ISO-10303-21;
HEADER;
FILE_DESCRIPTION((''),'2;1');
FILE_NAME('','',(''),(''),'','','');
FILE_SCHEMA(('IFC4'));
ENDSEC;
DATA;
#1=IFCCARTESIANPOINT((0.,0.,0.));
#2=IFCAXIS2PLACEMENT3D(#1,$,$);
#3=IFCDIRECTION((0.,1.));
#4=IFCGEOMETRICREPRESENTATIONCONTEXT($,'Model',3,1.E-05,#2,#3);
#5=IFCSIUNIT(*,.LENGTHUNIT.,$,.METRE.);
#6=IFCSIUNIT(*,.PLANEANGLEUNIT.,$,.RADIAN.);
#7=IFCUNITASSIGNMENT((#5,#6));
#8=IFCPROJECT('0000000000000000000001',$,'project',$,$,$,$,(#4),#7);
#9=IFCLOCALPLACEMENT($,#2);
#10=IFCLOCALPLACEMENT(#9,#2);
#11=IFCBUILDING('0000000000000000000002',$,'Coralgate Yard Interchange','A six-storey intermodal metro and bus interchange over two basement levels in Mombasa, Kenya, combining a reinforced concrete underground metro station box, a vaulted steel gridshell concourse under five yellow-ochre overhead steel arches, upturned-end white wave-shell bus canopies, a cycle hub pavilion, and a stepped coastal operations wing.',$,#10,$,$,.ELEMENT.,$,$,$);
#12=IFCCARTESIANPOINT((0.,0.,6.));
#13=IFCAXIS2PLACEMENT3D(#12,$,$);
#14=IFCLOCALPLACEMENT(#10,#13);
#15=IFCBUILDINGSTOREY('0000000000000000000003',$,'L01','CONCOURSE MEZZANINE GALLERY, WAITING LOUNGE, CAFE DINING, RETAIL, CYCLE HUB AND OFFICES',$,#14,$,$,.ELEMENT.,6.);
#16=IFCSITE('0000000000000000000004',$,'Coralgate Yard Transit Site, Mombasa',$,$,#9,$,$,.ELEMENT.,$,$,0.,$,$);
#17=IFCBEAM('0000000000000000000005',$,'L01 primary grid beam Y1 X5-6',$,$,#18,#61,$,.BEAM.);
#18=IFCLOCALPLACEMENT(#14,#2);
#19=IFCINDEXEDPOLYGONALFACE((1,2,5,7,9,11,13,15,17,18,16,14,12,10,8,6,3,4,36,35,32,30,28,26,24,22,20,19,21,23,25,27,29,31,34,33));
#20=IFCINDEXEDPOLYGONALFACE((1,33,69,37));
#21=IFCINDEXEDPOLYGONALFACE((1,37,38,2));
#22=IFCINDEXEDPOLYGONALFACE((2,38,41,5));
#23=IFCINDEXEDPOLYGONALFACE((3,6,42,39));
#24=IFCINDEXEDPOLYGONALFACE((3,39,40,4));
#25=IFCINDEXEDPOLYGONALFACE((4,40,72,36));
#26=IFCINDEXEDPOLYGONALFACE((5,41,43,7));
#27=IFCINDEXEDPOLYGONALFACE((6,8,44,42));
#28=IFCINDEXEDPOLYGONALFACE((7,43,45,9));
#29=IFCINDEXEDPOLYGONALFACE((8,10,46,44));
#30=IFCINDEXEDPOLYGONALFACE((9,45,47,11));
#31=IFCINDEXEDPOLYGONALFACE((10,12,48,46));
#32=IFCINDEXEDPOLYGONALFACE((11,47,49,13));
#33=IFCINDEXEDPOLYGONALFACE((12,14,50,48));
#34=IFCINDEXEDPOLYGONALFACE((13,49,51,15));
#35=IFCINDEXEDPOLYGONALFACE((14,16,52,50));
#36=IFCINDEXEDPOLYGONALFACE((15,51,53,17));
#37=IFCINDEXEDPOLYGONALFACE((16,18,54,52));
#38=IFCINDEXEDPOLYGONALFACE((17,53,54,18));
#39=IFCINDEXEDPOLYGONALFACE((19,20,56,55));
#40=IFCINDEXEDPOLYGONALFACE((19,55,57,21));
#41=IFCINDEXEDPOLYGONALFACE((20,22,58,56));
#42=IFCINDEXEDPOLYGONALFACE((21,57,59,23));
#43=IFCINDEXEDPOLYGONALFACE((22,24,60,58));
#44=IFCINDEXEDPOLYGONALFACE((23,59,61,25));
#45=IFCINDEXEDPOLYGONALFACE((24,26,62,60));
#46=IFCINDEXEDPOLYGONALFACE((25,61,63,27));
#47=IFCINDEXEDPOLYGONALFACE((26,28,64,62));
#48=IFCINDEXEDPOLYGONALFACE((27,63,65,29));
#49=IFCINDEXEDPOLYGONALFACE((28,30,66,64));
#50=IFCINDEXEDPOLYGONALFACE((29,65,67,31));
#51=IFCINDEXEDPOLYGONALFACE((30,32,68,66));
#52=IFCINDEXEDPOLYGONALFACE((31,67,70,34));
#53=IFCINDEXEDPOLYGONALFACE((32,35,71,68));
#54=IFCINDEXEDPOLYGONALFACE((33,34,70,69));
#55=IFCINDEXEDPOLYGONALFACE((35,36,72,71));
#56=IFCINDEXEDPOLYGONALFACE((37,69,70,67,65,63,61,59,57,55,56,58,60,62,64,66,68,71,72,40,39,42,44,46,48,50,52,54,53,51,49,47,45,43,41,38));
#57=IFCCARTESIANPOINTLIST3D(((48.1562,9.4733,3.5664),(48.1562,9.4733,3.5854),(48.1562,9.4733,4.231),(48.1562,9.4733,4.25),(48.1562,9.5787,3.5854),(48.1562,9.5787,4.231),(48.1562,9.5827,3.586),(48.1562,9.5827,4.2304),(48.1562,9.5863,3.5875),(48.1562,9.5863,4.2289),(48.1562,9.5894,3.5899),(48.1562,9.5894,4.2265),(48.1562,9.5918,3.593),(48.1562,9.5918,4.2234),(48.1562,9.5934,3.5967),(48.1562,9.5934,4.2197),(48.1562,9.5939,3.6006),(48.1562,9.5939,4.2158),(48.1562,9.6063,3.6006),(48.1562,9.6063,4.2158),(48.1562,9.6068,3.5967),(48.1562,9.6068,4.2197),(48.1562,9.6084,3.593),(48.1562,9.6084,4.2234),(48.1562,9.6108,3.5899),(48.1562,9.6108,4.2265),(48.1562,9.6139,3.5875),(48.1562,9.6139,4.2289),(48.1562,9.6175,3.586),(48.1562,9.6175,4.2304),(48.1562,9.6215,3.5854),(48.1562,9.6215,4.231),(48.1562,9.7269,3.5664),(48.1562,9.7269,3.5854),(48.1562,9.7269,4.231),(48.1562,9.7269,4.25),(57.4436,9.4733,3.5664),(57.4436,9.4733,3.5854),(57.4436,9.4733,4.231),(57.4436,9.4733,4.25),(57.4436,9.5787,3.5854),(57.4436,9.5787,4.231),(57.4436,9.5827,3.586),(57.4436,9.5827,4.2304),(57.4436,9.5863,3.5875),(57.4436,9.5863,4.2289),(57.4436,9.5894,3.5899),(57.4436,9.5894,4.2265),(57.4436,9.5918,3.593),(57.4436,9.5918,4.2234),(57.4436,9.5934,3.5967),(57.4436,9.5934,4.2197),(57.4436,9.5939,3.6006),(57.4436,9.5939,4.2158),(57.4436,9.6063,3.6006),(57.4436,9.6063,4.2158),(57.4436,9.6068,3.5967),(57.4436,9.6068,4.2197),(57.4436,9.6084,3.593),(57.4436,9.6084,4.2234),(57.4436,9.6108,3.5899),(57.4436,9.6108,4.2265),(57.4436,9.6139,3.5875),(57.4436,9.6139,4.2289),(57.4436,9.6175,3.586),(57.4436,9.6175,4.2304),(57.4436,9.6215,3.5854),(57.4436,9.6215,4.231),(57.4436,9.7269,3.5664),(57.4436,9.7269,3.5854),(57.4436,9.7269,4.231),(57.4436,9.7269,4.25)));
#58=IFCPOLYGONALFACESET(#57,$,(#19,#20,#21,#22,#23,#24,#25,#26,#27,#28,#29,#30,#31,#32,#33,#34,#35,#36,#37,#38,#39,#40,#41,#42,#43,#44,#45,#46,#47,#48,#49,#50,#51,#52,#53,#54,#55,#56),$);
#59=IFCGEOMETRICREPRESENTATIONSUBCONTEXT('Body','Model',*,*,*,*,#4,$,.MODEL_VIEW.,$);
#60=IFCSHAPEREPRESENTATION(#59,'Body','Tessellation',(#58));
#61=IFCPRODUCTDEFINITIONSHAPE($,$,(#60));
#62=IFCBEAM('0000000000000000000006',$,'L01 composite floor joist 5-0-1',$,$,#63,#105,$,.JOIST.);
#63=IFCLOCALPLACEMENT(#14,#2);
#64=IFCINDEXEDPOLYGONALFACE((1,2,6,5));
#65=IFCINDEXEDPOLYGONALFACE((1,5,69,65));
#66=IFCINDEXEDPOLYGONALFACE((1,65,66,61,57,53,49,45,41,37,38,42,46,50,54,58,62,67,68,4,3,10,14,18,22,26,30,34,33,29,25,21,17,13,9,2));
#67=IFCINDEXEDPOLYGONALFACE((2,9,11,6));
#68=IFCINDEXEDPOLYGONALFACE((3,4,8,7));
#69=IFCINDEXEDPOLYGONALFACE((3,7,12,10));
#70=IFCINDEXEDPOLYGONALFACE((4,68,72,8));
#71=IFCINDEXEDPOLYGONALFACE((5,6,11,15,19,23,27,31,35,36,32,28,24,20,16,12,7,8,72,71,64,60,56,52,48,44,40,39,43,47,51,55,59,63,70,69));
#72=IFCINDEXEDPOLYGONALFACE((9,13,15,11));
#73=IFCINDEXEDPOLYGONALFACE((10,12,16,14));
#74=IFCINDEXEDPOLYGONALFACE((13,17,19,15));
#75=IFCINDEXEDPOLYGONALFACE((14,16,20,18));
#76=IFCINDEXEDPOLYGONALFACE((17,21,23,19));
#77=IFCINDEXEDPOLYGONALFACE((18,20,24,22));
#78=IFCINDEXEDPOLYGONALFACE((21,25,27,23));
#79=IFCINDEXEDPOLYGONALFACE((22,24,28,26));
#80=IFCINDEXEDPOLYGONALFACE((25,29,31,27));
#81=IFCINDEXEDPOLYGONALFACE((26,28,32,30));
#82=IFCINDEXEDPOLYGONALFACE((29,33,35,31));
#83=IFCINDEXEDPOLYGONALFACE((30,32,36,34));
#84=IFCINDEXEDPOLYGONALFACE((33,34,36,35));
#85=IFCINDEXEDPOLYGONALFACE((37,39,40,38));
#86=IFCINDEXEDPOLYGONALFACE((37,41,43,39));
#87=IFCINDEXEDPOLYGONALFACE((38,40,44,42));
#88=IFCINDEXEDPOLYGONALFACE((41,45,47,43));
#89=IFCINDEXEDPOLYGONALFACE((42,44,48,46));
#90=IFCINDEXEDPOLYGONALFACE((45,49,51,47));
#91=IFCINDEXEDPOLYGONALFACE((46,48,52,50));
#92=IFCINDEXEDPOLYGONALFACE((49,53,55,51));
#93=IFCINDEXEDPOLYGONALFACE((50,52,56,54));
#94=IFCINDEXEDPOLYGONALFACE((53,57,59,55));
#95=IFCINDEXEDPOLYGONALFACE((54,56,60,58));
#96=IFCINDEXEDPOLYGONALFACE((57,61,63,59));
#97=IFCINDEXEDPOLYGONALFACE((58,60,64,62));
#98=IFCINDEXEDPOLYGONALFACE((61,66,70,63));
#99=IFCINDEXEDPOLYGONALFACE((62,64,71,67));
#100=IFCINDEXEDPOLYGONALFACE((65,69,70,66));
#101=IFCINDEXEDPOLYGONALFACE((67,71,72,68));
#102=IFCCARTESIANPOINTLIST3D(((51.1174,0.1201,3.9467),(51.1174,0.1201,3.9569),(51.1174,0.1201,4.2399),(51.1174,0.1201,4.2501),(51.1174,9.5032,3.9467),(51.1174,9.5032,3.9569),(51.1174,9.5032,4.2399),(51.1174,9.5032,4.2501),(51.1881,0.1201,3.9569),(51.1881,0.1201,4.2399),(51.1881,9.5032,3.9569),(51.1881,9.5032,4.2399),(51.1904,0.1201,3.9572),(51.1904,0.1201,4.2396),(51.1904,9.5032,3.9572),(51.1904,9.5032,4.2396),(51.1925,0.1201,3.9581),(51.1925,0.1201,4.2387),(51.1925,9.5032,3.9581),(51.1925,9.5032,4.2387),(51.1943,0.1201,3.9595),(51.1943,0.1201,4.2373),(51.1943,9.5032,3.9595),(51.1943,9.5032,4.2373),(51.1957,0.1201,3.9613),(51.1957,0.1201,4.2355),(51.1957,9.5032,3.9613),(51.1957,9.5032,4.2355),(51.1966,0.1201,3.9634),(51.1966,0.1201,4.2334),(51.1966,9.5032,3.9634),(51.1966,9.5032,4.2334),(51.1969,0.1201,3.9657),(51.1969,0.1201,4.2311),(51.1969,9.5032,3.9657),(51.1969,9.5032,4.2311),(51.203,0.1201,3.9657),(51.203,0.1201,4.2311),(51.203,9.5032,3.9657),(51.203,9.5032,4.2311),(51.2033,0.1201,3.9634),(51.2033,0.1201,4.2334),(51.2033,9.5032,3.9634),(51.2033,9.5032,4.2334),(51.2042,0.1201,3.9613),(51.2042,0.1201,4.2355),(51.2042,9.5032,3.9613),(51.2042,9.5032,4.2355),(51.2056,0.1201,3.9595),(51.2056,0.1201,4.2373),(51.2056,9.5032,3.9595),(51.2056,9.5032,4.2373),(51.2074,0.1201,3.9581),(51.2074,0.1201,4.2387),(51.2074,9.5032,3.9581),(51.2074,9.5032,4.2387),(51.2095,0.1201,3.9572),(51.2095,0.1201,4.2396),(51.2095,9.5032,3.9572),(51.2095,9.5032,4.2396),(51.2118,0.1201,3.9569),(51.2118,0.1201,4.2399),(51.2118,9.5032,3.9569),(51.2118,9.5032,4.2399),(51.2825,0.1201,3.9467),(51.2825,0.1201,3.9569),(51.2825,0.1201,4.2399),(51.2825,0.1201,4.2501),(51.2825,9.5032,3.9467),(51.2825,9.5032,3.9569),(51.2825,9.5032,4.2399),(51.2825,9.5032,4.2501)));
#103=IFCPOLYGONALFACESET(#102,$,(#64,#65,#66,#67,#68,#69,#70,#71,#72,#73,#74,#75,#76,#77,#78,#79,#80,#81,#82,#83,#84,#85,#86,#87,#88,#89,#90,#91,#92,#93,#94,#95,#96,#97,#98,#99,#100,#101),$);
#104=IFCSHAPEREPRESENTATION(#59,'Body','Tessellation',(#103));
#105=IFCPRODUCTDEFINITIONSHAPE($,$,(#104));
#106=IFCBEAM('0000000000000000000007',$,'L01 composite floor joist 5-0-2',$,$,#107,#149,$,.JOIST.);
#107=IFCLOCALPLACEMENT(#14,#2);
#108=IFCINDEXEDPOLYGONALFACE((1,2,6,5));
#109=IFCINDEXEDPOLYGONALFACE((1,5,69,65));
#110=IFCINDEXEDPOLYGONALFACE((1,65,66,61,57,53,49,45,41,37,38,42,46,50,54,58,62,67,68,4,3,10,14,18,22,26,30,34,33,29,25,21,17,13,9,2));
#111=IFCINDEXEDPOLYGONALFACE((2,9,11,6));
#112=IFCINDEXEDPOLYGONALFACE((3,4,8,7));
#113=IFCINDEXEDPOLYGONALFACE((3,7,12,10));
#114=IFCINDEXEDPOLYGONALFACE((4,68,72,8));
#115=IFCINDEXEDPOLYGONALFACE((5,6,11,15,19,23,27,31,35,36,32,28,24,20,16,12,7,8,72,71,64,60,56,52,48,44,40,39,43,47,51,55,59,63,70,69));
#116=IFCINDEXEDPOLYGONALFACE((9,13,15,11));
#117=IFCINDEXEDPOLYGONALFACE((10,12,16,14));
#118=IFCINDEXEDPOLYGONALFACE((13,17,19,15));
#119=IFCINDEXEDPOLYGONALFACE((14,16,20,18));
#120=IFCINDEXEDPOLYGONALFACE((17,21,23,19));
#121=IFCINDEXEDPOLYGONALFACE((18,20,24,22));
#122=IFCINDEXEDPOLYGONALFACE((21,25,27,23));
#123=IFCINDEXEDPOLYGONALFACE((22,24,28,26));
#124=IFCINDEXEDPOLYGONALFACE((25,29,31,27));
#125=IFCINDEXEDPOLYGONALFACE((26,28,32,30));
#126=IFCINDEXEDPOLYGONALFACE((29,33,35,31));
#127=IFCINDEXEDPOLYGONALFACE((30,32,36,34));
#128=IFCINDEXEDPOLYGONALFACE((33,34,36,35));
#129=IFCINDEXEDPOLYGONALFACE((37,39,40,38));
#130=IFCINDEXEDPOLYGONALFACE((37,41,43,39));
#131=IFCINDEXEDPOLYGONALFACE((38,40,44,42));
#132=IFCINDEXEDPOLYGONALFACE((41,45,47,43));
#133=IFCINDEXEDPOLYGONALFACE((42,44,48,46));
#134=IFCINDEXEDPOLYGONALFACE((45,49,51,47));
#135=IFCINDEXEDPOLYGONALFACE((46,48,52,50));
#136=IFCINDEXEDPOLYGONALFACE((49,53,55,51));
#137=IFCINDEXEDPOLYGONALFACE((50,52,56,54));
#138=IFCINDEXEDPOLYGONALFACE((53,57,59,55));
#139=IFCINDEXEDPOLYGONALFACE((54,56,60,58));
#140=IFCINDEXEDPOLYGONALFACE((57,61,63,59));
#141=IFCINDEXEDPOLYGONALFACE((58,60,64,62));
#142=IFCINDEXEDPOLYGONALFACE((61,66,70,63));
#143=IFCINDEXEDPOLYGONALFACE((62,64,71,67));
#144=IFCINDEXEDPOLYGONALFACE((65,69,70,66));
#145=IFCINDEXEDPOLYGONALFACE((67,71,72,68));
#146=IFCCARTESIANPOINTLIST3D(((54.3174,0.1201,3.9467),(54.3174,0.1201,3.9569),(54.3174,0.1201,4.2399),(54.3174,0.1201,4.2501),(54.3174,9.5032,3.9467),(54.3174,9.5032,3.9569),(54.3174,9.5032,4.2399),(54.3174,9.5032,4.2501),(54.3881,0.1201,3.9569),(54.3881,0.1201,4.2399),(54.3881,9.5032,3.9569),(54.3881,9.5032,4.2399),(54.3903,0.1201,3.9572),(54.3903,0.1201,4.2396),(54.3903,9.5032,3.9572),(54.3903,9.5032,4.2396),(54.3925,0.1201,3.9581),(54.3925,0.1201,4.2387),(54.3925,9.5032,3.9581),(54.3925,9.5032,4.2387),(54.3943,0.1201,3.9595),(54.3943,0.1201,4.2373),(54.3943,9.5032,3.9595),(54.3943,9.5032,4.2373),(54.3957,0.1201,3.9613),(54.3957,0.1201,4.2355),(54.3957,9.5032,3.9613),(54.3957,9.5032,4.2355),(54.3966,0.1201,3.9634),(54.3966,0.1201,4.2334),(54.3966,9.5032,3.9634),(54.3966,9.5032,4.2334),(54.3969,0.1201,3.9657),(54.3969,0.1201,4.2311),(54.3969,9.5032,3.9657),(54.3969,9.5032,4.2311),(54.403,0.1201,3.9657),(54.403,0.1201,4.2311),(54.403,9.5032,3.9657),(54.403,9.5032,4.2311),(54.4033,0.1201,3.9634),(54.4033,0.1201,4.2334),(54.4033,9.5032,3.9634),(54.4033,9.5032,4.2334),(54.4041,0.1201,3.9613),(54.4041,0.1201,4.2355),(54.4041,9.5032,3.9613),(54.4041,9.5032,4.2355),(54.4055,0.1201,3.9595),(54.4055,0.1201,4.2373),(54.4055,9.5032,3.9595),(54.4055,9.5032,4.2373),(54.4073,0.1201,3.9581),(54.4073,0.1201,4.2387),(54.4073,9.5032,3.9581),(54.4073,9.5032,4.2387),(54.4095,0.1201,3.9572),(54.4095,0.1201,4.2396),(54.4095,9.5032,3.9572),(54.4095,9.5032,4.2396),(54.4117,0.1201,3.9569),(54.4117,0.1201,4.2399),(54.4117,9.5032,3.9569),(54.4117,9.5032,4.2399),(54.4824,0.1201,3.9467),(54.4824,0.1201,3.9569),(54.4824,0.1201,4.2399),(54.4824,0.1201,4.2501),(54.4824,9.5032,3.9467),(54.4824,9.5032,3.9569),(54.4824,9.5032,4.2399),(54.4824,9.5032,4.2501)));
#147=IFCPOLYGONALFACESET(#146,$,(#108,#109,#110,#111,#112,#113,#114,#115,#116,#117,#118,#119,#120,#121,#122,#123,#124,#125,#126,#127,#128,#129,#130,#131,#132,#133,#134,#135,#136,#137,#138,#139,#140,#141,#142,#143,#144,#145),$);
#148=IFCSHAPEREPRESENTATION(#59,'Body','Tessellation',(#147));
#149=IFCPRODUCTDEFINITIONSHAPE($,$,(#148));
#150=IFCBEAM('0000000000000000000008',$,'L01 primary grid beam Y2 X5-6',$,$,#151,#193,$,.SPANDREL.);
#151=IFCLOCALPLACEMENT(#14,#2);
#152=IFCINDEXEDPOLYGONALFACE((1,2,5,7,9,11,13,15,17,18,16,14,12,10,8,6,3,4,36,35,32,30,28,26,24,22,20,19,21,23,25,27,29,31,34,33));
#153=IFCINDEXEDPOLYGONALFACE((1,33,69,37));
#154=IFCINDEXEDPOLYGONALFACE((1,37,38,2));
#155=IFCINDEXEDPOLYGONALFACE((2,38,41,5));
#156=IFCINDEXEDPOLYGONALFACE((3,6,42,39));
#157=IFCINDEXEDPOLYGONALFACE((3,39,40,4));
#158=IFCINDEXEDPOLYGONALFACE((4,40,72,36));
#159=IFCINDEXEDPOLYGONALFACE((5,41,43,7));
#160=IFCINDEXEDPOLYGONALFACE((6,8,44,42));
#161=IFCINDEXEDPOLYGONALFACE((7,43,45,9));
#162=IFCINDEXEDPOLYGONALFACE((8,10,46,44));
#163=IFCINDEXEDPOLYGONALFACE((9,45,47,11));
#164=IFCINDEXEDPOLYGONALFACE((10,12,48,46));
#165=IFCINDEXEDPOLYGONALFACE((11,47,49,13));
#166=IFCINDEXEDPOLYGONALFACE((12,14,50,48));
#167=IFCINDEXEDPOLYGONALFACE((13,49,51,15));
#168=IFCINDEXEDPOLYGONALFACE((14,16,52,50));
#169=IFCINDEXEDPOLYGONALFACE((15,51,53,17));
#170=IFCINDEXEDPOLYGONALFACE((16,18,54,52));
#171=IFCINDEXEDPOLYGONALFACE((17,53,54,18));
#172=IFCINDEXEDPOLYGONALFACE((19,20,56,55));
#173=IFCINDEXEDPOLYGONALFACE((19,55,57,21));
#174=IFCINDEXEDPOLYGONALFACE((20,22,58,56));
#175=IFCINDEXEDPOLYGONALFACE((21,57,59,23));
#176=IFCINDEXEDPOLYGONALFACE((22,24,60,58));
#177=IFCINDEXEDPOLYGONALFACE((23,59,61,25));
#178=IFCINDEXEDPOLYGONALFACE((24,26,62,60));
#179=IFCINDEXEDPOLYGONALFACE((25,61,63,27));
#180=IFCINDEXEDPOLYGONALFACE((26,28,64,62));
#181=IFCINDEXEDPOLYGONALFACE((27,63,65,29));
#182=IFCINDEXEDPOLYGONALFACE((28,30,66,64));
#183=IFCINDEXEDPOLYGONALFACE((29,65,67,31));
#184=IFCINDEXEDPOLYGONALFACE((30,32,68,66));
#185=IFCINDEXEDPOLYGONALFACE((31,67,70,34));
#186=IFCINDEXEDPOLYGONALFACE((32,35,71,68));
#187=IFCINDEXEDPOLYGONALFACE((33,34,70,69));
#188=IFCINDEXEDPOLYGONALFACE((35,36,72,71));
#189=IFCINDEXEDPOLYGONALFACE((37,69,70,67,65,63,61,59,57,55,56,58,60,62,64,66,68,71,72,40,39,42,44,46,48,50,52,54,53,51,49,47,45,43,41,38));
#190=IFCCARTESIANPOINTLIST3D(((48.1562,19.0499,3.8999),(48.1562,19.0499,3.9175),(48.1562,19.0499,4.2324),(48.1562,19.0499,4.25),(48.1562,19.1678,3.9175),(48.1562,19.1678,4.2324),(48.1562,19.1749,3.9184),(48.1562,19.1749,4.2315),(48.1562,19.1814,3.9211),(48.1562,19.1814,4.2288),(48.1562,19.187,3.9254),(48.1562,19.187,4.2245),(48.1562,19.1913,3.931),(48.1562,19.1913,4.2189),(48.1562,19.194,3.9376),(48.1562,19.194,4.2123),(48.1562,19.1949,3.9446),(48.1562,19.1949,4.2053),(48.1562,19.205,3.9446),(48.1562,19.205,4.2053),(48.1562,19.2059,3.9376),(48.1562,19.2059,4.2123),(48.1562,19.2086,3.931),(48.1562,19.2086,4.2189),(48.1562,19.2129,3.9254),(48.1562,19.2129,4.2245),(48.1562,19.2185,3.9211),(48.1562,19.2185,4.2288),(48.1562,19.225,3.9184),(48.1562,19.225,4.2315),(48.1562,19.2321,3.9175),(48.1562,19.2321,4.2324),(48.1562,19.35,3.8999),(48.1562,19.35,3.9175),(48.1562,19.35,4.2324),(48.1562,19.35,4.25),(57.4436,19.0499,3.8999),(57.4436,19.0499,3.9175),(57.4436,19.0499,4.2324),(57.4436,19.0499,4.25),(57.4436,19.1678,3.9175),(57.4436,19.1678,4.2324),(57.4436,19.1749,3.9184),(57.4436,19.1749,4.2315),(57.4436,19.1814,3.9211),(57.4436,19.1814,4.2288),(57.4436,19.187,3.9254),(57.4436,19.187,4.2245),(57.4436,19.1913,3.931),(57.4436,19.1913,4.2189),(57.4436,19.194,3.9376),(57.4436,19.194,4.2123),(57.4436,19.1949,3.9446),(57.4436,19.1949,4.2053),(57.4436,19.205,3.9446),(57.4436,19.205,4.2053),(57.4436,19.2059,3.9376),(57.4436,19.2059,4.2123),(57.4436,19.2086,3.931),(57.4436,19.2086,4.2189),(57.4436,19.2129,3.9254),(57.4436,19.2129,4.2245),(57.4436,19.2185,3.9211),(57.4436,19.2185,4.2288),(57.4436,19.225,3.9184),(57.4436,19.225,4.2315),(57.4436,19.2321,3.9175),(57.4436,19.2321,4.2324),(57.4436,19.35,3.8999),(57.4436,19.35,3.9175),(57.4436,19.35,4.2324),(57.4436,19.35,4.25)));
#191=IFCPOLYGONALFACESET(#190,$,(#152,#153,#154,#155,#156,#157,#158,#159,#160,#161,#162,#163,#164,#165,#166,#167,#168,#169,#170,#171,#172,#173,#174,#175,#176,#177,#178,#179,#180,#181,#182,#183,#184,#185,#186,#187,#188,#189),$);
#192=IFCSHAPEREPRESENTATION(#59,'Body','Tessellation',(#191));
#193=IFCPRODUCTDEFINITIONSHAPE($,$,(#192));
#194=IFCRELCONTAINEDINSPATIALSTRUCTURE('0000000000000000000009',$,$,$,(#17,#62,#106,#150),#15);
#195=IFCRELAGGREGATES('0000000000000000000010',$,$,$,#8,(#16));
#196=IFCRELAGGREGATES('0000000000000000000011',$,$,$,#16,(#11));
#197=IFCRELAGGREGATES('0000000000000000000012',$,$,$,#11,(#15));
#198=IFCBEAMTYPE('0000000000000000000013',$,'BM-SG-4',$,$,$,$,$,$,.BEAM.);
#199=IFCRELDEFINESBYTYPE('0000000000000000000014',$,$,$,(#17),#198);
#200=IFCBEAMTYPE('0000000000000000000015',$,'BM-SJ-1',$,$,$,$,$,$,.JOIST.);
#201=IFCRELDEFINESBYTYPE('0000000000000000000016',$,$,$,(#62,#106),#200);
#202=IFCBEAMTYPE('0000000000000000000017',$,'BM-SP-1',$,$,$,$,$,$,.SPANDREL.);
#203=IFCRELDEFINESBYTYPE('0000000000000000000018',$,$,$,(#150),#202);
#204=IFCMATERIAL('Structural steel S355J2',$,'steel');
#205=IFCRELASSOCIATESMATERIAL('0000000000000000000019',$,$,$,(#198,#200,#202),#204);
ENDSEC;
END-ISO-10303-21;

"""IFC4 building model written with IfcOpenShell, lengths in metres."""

from ifc_helpers import new_model, si_unit, direction, frame, origin, origin_2d, place, context, subcontext, project, spatial, i_section, extrude, material, material_profile, profile_set, type_object, element, save


model = new_model("IFC4")

# Units and contexts
model_context = context("Model", 3, precision=1e-05, world=origin(), true_north=direction((0.0, 1.0)))
body_context = subcontext(model_context, "Body", "Model", "MODEL_VIEW")
ifc_project = project(units=[si_unit("LENGTHUNIT", "METRE"), si_unit("PLANEANGLEUNIT", "RADIAN")], contexts=[model_context])

# Site, building, storey
site_placement = place(None, origin())
site = spatial("IfcSite", under=ifc_project, at=site_placement, Name="Coralgate Yard Transit Site, Mombasa", CompositionType="ELEMENT", RefElevation=0.0)
building_placement = place(site_placement, origin())
building = spatial("IfcBuilding", under=site, at=building_placement, Name="Coralgate Yard Interchange", Description="A six-storey intermodal metro and bus interchange over two basement levels in Mombasa, Kenya, combining a reinforced concrete underground metro station box, a vaulted steel gridshell concourse under five yellow-ochre overhead steel arches, upturned-end white wave-shell bus canopies, a cycle hub pavilion, and a stepped coastal operations wing.", CompositionType="ELEMENT")
storey_placement = place(building_placement, frame((0.0, 0.0, 6.0)))
storey = spatial("IfcBuildingStorey", under=building, at=storey_placement, Name="L01", Description="CONCOURSE MEZZANINE GALLERY, WAITING LOUNGE, CAFE DINING, RETAIL, CYCLE HUB AND OFFICES", CompositionType="ELEMENT", Elevation=6.0)

# Shared definitions
ifc_material_1 = material(Name="Structural steel S355J2", Category="steel")

# Beams
ifc_material_profile_1 = material_profile(ifc_material_1, i_section(OverallWidth=0.2537, OverallDepth=0.6836, WebThickness=0.0125, FlangeThickness=0.019, FilletRadius=0.0151, at=origin_2d()), Name="UB 686x254x140")
ifc_profile_set_1 = profile_set([ifc_material_profile_1], Name="Structural steel S355J2")
beam_type_1 = type_object("IfcBeamType", Name="BM-SG-4", PredefinedType="BEAM", material=ifc_profile_set_1)
beam_1_placement = place(storey_placement, frame((48.1562, 9.6001, 3.9082), z_axis=(1.0, 0.0, 0.0), x_axis=(0.0, 1.0, 0.0)))
element("IfcBeam", 1, at=beam_1_placement, inside=storey, type_object=beam_type_1, Name="L01 primary grid beam Y1 X5-6", PredefinedType="BEAM", context=body_context, shape_type="SweptSolid", body=[
    extrude(i_section(OverallWidth=0.2537, OverallDepth=0.6836, WebThickness=0.0125, FlangeThickness=0.019, FilletRadius=0.0151, at=origin_2d()), origin(), (0.0, 0.0, 1.0), 9.2874),
])
ifc_material_profile_2 = material_profile(ifc_material_1, i_section(OverallWidth=0.165, OverallDepth=0.3035, WebThickness=0.0061, FlangeThickness=0.0103, FilletRadius=0.0088, at=origin_2d()), Name="UB 305x165x40")
ifc_profile_set_2 = profile_set([ifc_material_profile_2], Name="Structural steel S355J2")
beam_type_2 = type_object("IfcBeamType", Name="BM-SJ-1", PredefinedType="JOIST", material=ifc_profile_set_2)
for number, where, z_axis, x_axis, name in (
    (2, (51.2, 0.1201, 4.0984), (0.0, 1.0, 0.0), (-1.0, 0.0, 0.0), "L01 composite floor joist 5-0-1"),
    (3, (54.3999, 0.1201, 4.0984), (0.0, 1.0, 0.0), (-1.0, 0.0, 0.0), "L01 composite floor joist 5-0-2"),
):
    element("IfcBeam", number, at=place(storey_placement, frame(where, z_axis=z_axis, x_axis=x_axis)), inside=storey, type_object=beam_type_2, Name=name, PredefinedType="JOIST", context=body_context, shape_type="SweptSolid", body=[
        extrude(i_section(OverallWidth=0.165, OverallDepth=0.3035, WebThickness=0.0061, FlangeThickness=0.0103, FilletRadius=0.0088, at=origin_2d()), origin(), (0.0, 0.0, 1.0), 9.3831),
    ])
ifc_material_profile_3 = material_profile(ifc_material_1, i_section(OverallWidth=0.3, OverallDepth=0.3501, WebThickness=0.01, FlangeThickness=0.0176, FilletRadius=0.0271, at=origin_2d()), Name="HEA 360")
ifc_profile_set_3 = profile_set([ifc_material_profile_3], Name="Structural steel S355J2")
beam_type_3 = type_object("IfcBeamType", Name="BM-SP-1", PredefinedType="SPANDREL", material=ifc_profile_set_3)
beam_2_placement = place(storey_placement, frame((48.1562, 19.2, 4.075), z_axis=(1.0, 0.0, 0.0), x_axis=(0.0, 1.0, 0.0)))
element("IfcBeam", 4, at=beam_2_placement, inside=storey, type_object=beam_type_3, Name="L01 primary grid beam Y2 X5-6", PredefinedType="SPANDREL", context=body_context, shape_type="SweptSolid", body=[
    extrude(i_section(OverallWidth=0.3, OverallDepth=0.3501, WebThickness=0.01, FlangeThickness=0.0176, FilletRadius=0.0271, at=origin_2d()), origin(), (0.0, 0.0, 1.0), 9.2874),
])

save(model, "model.ifc")
